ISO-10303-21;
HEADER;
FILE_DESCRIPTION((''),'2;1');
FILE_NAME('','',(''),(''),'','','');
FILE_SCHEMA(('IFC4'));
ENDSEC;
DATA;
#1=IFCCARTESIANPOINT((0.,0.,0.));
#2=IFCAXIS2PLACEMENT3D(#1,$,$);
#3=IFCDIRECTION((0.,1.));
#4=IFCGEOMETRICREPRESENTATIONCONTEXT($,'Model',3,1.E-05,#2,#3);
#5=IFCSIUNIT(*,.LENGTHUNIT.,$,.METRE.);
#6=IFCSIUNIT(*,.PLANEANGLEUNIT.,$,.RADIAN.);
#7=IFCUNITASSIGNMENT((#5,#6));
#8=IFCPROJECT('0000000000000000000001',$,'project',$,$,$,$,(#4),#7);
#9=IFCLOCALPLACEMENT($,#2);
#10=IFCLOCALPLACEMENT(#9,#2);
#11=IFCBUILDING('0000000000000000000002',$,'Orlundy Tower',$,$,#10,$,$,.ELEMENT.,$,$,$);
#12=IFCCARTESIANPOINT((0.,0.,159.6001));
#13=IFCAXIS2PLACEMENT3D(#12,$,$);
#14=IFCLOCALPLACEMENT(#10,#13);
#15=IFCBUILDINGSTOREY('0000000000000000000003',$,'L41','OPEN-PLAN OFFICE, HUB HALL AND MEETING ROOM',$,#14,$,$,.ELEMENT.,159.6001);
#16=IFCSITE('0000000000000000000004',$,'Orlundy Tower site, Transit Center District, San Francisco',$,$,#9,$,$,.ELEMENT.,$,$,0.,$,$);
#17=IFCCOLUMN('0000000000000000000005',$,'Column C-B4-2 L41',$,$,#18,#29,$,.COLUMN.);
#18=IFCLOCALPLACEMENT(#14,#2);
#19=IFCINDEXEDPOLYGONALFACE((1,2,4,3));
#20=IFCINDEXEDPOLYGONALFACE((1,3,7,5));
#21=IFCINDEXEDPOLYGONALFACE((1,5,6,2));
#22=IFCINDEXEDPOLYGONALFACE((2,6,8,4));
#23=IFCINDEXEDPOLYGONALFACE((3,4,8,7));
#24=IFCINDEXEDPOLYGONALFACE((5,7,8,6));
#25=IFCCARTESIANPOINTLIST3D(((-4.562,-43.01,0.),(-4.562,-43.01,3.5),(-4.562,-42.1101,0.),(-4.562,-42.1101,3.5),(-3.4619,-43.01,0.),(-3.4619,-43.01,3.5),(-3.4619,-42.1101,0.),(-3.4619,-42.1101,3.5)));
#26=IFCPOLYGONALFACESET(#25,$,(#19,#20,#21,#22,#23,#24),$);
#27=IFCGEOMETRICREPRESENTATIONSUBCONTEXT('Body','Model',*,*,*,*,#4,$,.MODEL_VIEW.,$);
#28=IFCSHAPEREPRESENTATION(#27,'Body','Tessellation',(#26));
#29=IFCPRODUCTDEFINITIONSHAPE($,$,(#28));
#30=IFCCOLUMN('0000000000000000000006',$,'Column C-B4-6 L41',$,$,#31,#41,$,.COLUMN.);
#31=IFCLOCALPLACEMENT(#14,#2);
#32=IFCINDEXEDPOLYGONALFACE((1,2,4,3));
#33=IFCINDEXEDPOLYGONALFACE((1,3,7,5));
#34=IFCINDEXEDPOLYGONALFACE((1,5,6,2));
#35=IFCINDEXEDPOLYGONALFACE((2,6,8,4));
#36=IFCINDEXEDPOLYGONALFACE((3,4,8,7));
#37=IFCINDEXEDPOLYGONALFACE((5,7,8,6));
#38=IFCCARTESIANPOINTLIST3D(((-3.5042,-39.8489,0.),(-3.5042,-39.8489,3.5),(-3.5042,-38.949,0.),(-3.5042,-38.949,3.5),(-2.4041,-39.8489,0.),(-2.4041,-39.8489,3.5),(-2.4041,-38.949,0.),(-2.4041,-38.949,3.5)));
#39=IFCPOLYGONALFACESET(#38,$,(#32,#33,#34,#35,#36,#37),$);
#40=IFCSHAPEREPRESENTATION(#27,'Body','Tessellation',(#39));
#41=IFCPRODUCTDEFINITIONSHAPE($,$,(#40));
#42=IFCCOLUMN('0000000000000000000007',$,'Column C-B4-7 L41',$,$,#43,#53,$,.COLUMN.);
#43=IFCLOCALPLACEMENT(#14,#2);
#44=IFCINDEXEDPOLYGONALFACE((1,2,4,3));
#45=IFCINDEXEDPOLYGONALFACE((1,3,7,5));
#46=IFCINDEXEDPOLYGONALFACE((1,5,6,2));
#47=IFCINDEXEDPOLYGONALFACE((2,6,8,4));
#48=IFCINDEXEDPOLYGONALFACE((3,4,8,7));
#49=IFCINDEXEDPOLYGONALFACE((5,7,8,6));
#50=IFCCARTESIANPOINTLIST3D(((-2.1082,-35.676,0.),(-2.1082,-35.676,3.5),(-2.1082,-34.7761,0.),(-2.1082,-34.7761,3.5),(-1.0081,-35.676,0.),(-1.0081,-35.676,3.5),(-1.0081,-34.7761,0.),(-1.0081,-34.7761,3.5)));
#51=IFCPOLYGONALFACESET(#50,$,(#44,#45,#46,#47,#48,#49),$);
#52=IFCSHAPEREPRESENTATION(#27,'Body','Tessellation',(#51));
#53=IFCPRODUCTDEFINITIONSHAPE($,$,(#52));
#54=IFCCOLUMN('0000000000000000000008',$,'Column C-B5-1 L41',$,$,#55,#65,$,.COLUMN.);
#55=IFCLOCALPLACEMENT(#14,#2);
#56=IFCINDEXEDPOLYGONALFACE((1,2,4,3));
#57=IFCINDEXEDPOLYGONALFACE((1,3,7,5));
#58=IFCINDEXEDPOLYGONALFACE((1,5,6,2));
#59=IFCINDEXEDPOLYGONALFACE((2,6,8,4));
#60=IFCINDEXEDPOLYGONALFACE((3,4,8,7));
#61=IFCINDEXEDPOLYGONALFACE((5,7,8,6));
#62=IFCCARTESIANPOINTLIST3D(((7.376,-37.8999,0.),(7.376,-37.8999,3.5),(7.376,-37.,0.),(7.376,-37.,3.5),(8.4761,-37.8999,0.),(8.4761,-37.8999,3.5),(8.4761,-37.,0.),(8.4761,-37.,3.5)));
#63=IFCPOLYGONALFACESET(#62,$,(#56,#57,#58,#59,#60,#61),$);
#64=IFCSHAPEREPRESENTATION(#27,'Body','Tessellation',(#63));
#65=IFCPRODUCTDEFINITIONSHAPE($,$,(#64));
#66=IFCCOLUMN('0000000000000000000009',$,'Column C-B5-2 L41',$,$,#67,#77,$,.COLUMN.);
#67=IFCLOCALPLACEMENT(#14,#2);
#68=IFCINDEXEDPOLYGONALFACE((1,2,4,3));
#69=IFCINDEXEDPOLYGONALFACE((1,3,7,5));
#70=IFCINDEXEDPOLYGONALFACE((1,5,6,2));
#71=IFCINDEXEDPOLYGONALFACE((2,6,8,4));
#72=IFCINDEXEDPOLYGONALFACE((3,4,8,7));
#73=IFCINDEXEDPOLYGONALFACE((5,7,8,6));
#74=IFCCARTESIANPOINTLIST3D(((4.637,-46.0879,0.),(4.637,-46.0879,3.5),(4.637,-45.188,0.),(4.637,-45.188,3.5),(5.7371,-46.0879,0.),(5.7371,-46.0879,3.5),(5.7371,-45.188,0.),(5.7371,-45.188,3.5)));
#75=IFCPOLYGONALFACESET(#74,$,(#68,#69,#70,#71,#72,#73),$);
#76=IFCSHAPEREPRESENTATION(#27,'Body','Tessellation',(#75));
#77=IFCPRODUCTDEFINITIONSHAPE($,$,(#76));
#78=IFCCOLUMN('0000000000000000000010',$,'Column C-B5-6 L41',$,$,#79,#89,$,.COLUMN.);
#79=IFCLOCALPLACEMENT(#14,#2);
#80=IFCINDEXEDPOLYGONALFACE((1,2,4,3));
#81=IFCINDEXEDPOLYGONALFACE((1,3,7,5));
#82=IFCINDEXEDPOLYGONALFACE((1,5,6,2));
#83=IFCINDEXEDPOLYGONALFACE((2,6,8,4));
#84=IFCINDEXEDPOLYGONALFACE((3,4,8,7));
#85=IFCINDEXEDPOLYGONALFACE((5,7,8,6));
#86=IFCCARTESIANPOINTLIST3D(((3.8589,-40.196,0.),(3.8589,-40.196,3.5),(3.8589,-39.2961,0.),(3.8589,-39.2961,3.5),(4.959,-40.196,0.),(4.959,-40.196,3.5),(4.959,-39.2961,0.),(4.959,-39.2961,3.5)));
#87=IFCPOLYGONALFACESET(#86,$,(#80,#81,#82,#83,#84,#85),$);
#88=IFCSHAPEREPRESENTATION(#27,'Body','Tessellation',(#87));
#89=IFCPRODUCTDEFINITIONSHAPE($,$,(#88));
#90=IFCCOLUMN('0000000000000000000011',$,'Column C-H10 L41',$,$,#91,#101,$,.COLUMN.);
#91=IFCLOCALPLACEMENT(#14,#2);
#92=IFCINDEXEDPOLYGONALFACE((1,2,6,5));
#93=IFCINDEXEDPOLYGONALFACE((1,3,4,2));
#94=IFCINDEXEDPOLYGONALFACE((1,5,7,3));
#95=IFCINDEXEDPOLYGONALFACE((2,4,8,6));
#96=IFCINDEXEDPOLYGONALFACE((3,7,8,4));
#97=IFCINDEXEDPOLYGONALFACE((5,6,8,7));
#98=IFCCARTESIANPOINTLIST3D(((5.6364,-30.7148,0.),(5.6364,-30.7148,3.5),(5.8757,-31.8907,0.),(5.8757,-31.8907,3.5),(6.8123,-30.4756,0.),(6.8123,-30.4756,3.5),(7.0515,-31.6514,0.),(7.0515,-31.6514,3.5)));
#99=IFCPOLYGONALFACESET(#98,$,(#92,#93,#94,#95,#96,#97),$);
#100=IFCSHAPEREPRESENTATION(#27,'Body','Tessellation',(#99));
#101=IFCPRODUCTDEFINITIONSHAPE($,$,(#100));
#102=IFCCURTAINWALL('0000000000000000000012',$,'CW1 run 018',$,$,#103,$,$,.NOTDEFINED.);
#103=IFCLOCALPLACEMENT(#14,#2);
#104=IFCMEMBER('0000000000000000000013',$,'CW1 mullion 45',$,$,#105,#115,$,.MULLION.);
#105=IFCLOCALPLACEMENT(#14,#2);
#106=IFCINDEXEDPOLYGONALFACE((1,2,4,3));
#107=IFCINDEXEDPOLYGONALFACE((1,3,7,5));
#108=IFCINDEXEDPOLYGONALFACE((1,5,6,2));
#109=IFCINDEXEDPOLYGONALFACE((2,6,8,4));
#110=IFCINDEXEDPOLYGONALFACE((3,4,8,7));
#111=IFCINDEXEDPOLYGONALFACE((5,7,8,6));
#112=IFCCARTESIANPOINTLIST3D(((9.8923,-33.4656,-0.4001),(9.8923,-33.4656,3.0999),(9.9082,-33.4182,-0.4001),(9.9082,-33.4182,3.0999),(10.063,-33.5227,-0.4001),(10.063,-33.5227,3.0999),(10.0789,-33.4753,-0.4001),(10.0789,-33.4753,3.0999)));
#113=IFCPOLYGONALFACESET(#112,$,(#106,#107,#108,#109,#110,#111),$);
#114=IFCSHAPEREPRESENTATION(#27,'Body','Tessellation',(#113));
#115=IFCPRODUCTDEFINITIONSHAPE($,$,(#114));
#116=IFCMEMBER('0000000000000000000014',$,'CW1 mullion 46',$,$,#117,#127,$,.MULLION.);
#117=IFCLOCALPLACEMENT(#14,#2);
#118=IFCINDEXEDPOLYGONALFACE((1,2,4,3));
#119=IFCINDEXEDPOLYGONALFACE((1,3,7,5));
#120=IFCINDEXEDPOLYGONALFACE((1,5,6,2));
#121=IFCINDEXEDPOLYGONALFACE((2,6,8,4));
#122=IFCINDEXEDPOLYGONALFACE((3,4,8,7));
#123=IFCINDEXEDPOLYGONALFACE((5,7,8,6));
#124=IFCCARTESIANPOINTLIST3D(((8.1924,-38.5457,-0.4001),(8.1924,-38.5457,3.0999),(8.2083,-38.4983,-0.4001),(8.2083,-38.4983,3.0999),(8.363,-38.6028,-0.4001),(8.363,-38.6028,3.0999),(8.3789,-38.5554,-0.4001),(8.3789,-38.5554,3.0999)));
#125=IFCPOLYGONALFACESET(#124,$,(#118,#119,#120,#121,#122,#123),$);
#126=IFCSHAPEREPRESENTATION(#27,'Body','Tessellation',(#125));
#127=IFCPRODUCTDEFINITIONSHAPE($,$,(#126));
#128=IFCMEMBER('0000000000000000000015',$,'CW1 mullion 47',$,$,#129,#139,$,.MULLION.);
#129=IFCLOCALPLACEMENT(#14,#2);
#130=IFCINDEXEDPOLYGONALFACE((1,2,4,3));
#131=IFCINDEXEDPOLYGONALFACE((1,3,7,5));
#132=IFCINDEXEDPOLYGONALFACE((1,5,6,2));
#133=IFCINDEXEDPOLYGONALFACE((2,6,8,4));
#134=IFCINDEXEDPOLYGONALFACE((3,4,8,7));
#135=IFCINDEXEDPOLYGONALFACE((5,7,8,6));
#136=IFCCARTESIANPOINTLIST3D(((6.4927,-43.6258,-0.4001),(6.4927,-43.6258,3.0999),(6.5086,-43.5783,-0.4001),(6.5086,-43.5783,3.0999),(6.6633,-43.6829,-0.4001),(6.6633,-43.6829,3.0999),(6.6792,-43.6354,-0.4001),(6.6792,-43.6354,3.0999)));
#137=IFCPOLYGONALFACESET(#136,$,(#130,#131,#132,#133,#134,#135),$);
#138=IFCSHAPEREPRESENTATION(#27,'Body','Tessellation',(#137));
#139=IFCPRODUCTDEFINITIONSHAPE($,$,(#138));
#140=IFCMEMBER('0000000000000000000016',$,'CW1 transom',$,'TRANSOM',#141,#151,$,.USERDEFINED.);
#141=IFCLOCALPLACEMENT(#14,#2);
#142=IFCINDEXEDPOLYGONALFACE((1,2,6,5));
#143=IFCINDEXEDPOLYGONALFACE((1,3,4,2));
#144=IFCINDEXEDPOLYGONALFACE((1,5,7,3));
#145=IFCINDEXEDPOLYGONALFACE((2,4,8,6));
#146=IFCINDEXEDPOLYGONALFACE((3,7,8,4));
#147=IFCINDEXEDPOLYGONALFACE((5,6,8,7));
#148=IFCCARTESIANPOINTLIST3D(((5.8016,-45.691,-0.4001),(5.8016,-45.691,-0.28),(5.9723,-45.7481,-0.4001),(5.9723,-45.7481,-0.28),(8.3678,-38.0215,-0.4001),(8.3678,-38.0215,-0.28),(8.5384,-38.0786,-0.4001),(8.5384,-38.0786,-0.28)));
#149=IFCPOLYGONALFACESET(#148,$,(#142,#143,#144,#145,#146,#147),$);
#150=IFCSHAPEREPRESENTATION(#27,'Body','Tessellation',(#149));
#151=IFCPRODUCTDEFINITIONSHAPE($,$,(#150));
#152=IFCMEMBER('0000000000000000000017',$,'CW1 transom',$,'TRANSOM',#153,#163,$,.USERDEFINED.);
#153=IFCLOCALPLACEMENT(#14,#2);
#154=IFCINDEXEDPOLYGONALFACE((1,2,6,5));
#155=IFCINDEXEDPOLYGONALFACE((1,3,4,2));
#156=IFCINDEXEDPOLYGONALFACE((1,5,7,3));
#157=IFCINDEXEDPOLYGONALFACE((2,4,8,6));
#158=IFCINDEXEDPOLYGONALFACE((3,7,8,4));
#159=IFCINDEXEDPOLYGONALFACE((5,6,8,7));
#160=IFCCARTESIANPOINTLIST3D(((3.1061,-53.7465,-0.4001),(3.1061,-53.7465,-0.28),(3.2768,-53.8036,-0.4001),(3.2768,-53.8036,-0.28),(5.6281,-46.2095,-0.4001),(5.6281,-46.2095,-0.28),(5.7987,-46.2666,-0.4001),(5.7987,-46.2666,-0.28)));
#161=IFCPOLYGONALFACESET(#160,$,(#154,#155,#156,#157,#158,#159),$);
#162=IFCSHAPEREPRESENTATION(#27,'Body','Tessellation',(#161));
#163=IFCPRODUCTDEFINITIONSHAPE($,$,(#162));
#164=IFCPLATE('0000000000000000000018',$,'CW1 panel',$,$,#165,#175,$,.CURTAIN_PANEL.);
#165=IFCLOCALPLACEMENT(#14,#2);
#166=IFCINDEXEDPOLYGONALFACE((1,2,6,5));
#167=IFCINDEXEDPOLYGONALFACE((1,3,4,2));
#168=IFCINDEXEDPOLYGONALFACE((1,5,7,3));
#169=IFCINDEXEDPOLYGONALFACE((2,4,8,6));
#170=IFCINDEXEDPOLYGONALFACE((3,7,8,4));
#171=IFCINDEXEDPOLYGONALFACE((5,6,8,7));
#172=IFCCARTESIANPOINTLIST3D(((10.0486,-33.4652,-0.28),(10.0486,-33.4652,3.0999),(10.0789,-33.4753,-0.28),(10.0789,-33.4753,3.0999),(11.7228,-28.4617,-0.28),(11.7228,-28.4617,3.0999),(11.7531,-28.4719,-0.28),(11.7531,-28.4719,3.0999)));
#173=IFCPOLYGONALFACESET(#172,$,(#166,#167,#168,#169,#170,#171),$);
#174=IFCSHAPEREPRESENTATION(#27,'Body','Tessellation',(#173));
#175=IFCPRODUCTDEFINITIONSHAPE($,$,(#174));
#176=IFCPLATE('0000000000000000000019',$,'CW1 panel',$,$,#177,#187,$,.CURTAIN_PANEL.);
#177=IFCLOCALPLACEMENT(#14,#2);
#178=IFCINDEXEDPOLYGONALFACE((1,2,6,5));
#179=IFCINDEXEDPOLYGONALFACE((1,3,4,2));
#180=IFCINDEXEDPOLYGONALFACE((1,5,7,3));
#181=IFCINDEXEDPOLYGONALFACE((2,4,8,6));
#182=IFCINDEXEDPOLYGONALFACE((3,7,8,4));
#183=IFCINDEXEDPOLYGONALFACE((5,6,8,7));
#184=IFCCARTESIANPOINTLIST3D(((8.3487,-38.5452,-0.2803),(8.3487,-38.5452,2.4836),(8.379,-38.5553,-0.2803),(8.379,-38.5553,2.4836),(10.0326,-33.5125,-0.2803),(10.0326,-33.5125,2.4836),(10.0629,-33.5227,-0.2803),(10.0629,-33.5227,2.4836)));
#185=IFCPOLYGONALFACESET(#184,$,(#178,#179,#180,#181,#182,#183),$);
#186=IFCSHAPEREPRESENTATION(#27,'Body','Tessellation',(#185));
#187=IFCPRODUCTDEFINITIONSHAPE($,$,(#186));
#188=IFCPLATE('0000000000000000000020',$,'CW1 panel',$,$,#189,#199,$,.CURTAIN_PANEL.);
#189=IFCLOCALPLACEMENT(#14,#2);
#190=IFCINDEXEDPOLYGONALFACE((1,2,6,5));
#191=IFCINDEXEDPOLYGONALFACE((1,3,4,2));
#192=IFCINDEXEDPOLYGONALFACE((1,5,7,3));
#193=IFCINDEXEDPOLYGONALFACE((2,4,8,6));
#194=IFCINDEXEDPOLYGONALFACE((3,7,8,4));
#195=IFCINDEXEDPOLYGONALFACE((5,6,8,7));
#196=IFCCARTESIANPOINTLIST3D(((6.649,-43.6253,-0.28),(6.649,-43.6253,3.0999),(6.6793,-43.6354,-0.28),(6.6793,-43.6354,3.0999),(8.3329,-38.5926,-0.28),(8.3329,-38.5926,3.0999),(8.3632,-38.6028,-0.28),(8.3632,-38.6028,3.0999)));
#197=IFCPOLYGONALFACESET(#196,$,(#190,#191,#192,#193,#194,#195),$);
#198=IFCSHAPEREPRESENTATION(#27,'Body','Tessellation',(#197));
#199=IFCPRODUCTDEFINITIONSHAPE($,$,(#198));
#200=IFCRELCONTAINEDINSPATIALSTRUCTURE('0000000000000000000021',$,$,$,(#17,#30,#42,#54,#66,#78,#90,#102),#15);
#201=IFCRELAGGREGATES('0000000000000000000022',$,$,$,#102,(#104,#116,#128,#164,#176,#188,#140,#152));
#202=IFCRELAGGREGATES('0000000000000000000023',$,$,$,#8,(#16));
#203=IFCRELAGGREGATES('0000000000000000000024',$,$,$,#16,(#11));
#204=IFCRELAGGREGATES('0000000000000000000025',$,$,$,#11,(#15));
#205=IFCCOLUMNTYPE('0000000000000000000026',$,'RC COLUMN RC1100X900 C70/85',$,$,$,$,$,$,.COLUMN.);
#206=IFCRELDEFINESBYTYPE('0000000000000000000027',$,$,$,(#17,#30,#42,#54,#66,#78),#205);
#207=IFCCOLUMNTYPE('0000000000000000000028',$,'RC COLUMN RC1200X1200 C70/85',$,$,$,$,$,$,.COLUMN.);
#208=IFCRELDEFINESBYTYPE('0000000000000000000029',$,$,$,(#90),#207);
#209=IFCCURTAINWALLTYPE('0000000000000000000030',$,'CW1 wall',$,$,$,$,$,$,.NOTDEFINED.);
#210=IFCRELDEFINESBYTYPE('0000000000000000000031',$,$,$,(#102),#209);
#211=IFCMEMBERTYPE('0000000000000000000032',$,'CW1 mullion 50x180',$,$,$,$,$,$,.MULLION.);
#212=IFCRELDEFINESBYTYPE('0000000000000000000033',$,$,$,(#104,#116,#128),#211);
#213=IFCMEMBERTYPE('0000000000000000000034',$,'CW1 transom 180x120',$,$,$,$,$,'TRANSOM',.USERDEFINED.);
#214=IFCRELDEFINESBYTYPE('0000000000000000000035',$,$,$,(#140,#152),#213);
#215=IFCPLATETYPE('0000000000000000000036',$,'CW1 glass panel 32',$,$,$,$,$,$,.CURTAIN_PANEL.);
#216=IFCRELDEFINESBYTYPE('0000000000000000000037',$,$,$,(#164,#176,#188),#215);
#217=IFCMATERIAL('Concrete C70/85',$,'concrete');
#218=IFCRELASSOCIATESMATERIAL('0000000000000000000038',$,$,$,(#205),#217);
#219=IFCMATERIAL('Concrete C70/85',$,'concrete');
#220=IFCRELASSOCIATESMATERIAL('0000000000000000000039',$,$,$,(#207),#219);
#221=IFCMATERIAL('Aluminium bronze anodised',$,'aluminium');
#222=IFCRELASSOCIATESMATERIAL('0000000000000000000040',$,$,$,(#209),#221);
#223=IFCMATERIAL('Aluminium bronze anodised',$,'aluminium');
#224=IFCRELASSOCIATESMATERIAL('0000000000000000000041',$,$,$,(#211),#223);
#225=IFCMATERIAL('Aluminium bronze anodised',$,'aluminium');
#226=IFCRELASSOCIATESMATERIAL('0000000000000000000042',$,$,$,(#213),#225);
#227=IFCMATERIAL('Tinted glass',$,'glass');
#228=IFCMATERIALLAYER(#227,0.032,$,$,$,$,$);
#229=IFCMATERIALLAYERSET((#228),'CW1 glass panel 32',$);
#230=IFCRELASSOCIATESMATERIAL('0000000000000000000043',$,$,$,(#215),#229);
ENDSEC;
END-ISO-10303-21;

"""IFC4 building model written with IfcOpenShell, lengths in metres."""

from ifc_helpers import new_model, si_unit, direction, frame, origin, origin_2d, place, context, subcontext, project, spatial, rectangle, extrude, material, layer, layer_set, material_profile, profile_set, type_object, element, aggregate, save


model = new_model("IFC4")

# Units and contexts
model_context = context("Model", 3, precision=1e-05, world=origin(), true_north=direction((0.0, 1.0)))
body_context = subcontext(model_context, "Body", "Model", "MODEL_VIEW")
ifc_project = project(units=[si_unit("LENGTHUNIT", "METRE"), si_unit("PLANEANGLEUNIT", "RADIAN")], contexts=[model_context])

# Site, building, storey
site_placement = place(None, origin())
site = spatial("IfcSite", under=ifc_project, at=site_placement, Name="Orlundy Tower site, Transit Center District, San Francisco", CompositionType="ELEMENT", RefElevation=0.0)
building_placement = place(site_placement, origin())
building = spatial("IfcBuilding", under=site, at=building_placement, Name="Orlundy Tower", CompositionType="ELEMENT")
storey_placement = place(building_placement, frame((0.0, 0.0, 159.6001)))
storey = spatial("IfcBuildingStorey", under=building, at=storey_placement, Name="L41", Description="OPEN-PLAN OFFICE, HUB HALL AND MEETING ROOM", CompositionType="ELEMENT", Elevation=159.6001)

# Columns
ifc_material_1 = material(Name="Concrete C70/85", Category="concrete")
ifc_material_profile_1 = material_profile(ifc_material_1, rectangle(XDim=1.1001, YDim=0.8999, at=origin_2d()), Name="RC1100X900")
ifc_profile_set_1 = profile_set([ifc_material_profile_1], Name="Concrete C70/85")
column_type_1 = type_object("IfcColumnType", Name="RC COLUMN RC1100X900 C70/85", PredefinedType="COLUMN", material=ifc_profile_set_1)
for number, where, z_axis, x_axis, name in (
    (1, (-4.012, -42.5601, 0.0), (0.0, 0.0, 1.0), (1.0, 0.0, 0.0), "Column C-B4-2 L41"),
    (2, (-2.9541, -39.3989, 0.0), (0.0, 0.0, 1.0), (1.0, 0.0, 0.0), "Column C-B4-6 L41"),
    (3, (-1.5581, -35.2261, 0.0), (0.0, 0.0, 1.0), (1.0, 0.0, 0.0), "Column C-B4-7 L41"),
    (4, (7.926, -37.45, 0.0), (0.0, 0.0, 1.0), (1.0, 0.0, 0.0), "Column C-B5-1 L41"),
    (5, (5.187, -45.6379, 0.0), (0.0, 0.0, 1.0), (1.0, 0.0, 0.0), "Column C-B5-2 L41"),
    (6, (4.4089, -39.7461, 0.0), (0.0, 0.0, 1.0), (1.0, 0.0, 0.0), "Column C-B5-6 L41"),
):
    element("IfcColumn", number, at=place(storey_placement, frame(where, z_axis=z_axis, x_axis=x_axis)), inside=storey, type_object=column_type_1, Name=name, PredefinedType="COLUMN", context=body_context, shape_type="SweptSolid", body=[
        extrude(rectangle(XDim=1.1001, YDim=0.8999, at=origin_2d()), origin(), (0.0, 0.0, 1.0), 3.5),
    ])
ifc_material_2 = material(Name="Concrete C70/85", Category="concrete")
ifc_material_profile_2 = material_profile(ifc_material_2, rectangle(XDim=1.2, YDim=1.2, at=origin_2d()), Name="RC1200X1200")
ifc_profile_set_2 = profile_set([ifc_material_profile_2], Name="Concrete C70/85")
column_type_2 = type_object("IfcColumnType", Name="RC COLUMN RC1200X1200 C70/85", PredefinedType="COLUMN", material=ifc_profile_set_2)
column_placement = place(storey_placement, frame((6.344, -31.1831, 0.0), z_axis=(0.0, 0.0, 1.0), x_axis=(0.199368, -0.979925, 0.0)))
element("IfcColumn", 7, at=column_placement, inside=storey, type_object=column_type_2, Name="Column C-H10 L41", PredefinedType="COLUMN", context=body_context, shape_type="SweptSolid", body=[
    extrude(rectangle(XDim=1.2, YDim=1.2, at=origin_2d()), origin(), (0.0, 0.0, 1.0), 3.5),
])

# Curtain wall, members, plates
ifc_material_3 = material(Name="Aluminium bronze anodised", Category="aluminium")
curtain_wall_type = type_object("IfcCurtainWallType", Name="CW1 wall", PredefinedType="NOTDEFINED", material=ifc_material_3)
curtain_wall_placement = place(storey_placement, origin())
curtain_wall = element("IfcCurtainWall", 8, at=curtain_wall_placement, inside=storey, type_object=curtain_wall_type, Name="CW1 run 018", PredefinedType="NOTDEFINED")
ifc_material_4 = material(Name="Aluminium bronze anodised", Category="aluminium")
ifc_material_profile_3 = material_profile(ifc_material_4, rectangle(XDim=0.1799, YDim=0.05, at=origin_2d()), Name="CW1 mullion 50x180")
ifc_profile_set_3 = profile_set([ifc_material_profile_3], Name="Aluminium bronze anodised")
member_type_1 = type_object("IfcMemberType", Name="CW1 mullion 50x180", PredefinedType="MULLION", material=ifc_profile_set_3)
member_1_placement = place(storey_placement, frame((9.9856, -33.4705, -0.4001), z_axis=(0.0, 0.0, 1.0), x_axis=(0.948321, -0.317314, 0.0)))
member_1 = element("IfcMember", 9, at=member_1_placement, type_object=member_type_1, Name="CW1 mullion 45", PredefinedType="MULLION", context=body_context, shape_type="SweptSolid", body=[
    extrude(rectangle(XDim=0.1799, YDim=0.05, at=origin_2d()), origin(), (0.0, 0.0, 1.0), 3.5),
])
member_2_placement = place(storey_placement, frame((8.2856, -38.5505, -0.4001), z_axis=(0.0, 0.0, 1.0), x_axis=(0.948321, -0.317314, 0.0)))
member_2 = element("IfcMember", 10, at=member_2_placement, type_object=member_type_1, Name="CW1 mullion 46", PredefinedType="MULLION", context=body_context, shape_type="SweptSolid", body=[
    extrude(rectangle(XDim=0.1799, YDim=0.05, at=origin_2d()), origin(), (0.0, 0.0, 1.0), 3.5),
])
member_3_placement = place(storey_placement, frame((6.5859, -43.6306, -0.4001), z_axis=(0.0, 0.0, 1.0), x_axis=(0.948321, -0.317314, 0.0)))
member_3 = element("IfcMember", 11, at=member_3_placement, type_object=member_type_1, Name="CW1 mullion 47", PredefinedType="MULLION", context=body_context, shape_type="SweptSolid", body=[
    extrude(rectangle(XDim=0.1799, YDim=0.05, at=origin_2d()), origin(), (0.0, 0.0, 1.0), 3.5),
])
ifc_material_5 = material(Name="Aluminium bronze anodised", Category="aluminium")
ifc_material_profile_4 = material_profile(ifc_material_5, rectangle(XDim=0.1799, YDim=0.1201, at=origin_2d()), Name="CW1 transom 180x120")
ifc_profile_set_4 = profile_set([ifc_material_profile_4], Name="Aluminium bronze anodised")
member_type_2 = type_object("IfcMemberType", Name="CW1 transom 180x120", ElementType="TRANSOM", PredefinedType="USERDEFINED", material=ifc_profile_set_4)
member_4_placement = place(storey_placement, frame((8.4531, -38.05, -0.3401), z_axis=(-0.317305, -0.948323, 0.0), x_axis=(0.948323, -0.317305, 0.0)))
member_4 = element("IfcMember", 12, at=member_4_placement, type_object=member_type_2, Name="CW1 transom", ObjectType="TRANSOM", PredefinedType="USERDEFINED", context=body_context, shape_type="SweptSolid", body=[
    extrude(rectangle(XDim=0.1799, YDim=0.1201, at=origin_2d()), origin(), (0.0, 0.0, 1.0), 8.0874),
])
member_5_placement = place(storey_placement, frame((5.7134, -46.238, -0.3401), z_axis=(-0.317315, -0.94832, 0.0), x_axis=(0.94832, -0.317315, 0.0)))
member_5 = element("IfcMember", 13, at=member_5_placement, type_object=member_type_2, Name="CW1 transom", ObjectType="TRANSOM", PredefinedType="USERDEFINED", context=body_context, shape_type="SweptSolid", body=[
    extrude(rectangle(XDim=0.1799, YDim=0.1201, at=origin_2d()), origin(), (0.0, 0.0, 1.0), 7.9478),
])
ifc_material_6 = material(Name="Tinted glass", Category="glass")
ifc_layer_1 = layer(ifc_material_6, 0.032)
ifc_layer_set_1 = layer_set([ifc_layer_1], Name="CW1 glass panel 32")
plate_type = type_object("IfcPlateType", Name="CW1 glass panel 32", PredefinedType="CURTAIN_PANEL", material=ifc_layer_set_1)
plate_1_placement = place(storey_placement, frame((10.9009, -30.9685, -0.28), z_axis=(0.0, 0.0, 1.0), x_axis=(-0.317314, -0.948321, 0.0)))
plate_1 = element("IfcPlate", 14, at=plate_1_placement, type_object=plate_type, Name="CW1 panel", PredefinedType="CURTAIN_PANEL", context=body_context, shape_type="SweptSolid", body=[
    extrude(rectangle(XDim=5.2761, YDim=0.032, at=origin_2d()), origin(), (0.0, 0.0, 1.0), 3.3799),
])
plate_2_placement = place(storey_placement, frame((9.2058, -36.0339, -0.2803), z_axis=(0.0, 0.0, 1.0), x_axis=(-0.317314, -0.948321, 0.0)))
plate_2 = element("IfcPlate", 15, at=plate_2_placement, type_object=plate_type, Name="CW1 panel", PredefinedType="CURTAIN_PANEL", context=body_context, shape_type="SweptSolid", body=[
    extrude(rectangle(XDim=5.3069, YDim=0.032, at=origin_2d()), origin(), (0.0, 0.0, 1.0), 2.7639),
])
plate_3_placement = place(storey_placement, frame((7.5061, -41.114, -0.28), z_axis=(0.0, 0.0, 1.0), x_axis=(-0.317314, -0.948321, 0.0)))
plate_3 = element("IfcPlate", 16, at=plate_3_placement, type_object=plate_type, Name="CW1 panel", PredefinedType="CURTAIN_PANEL", context=body_context, shape_type="SweptSolid", body=[
    extrude(rectangle(XDim=5.3069, YDim=0.032, at=origin_2d()), origin(), (0.0, 0.0, 1.0), 3.3799),
])
aggregate(curtain_wall, [member_1, member_2, member_3, plate_1, plate_2, plate_3, member_4, member_5])

save(model, "model.ifc")
